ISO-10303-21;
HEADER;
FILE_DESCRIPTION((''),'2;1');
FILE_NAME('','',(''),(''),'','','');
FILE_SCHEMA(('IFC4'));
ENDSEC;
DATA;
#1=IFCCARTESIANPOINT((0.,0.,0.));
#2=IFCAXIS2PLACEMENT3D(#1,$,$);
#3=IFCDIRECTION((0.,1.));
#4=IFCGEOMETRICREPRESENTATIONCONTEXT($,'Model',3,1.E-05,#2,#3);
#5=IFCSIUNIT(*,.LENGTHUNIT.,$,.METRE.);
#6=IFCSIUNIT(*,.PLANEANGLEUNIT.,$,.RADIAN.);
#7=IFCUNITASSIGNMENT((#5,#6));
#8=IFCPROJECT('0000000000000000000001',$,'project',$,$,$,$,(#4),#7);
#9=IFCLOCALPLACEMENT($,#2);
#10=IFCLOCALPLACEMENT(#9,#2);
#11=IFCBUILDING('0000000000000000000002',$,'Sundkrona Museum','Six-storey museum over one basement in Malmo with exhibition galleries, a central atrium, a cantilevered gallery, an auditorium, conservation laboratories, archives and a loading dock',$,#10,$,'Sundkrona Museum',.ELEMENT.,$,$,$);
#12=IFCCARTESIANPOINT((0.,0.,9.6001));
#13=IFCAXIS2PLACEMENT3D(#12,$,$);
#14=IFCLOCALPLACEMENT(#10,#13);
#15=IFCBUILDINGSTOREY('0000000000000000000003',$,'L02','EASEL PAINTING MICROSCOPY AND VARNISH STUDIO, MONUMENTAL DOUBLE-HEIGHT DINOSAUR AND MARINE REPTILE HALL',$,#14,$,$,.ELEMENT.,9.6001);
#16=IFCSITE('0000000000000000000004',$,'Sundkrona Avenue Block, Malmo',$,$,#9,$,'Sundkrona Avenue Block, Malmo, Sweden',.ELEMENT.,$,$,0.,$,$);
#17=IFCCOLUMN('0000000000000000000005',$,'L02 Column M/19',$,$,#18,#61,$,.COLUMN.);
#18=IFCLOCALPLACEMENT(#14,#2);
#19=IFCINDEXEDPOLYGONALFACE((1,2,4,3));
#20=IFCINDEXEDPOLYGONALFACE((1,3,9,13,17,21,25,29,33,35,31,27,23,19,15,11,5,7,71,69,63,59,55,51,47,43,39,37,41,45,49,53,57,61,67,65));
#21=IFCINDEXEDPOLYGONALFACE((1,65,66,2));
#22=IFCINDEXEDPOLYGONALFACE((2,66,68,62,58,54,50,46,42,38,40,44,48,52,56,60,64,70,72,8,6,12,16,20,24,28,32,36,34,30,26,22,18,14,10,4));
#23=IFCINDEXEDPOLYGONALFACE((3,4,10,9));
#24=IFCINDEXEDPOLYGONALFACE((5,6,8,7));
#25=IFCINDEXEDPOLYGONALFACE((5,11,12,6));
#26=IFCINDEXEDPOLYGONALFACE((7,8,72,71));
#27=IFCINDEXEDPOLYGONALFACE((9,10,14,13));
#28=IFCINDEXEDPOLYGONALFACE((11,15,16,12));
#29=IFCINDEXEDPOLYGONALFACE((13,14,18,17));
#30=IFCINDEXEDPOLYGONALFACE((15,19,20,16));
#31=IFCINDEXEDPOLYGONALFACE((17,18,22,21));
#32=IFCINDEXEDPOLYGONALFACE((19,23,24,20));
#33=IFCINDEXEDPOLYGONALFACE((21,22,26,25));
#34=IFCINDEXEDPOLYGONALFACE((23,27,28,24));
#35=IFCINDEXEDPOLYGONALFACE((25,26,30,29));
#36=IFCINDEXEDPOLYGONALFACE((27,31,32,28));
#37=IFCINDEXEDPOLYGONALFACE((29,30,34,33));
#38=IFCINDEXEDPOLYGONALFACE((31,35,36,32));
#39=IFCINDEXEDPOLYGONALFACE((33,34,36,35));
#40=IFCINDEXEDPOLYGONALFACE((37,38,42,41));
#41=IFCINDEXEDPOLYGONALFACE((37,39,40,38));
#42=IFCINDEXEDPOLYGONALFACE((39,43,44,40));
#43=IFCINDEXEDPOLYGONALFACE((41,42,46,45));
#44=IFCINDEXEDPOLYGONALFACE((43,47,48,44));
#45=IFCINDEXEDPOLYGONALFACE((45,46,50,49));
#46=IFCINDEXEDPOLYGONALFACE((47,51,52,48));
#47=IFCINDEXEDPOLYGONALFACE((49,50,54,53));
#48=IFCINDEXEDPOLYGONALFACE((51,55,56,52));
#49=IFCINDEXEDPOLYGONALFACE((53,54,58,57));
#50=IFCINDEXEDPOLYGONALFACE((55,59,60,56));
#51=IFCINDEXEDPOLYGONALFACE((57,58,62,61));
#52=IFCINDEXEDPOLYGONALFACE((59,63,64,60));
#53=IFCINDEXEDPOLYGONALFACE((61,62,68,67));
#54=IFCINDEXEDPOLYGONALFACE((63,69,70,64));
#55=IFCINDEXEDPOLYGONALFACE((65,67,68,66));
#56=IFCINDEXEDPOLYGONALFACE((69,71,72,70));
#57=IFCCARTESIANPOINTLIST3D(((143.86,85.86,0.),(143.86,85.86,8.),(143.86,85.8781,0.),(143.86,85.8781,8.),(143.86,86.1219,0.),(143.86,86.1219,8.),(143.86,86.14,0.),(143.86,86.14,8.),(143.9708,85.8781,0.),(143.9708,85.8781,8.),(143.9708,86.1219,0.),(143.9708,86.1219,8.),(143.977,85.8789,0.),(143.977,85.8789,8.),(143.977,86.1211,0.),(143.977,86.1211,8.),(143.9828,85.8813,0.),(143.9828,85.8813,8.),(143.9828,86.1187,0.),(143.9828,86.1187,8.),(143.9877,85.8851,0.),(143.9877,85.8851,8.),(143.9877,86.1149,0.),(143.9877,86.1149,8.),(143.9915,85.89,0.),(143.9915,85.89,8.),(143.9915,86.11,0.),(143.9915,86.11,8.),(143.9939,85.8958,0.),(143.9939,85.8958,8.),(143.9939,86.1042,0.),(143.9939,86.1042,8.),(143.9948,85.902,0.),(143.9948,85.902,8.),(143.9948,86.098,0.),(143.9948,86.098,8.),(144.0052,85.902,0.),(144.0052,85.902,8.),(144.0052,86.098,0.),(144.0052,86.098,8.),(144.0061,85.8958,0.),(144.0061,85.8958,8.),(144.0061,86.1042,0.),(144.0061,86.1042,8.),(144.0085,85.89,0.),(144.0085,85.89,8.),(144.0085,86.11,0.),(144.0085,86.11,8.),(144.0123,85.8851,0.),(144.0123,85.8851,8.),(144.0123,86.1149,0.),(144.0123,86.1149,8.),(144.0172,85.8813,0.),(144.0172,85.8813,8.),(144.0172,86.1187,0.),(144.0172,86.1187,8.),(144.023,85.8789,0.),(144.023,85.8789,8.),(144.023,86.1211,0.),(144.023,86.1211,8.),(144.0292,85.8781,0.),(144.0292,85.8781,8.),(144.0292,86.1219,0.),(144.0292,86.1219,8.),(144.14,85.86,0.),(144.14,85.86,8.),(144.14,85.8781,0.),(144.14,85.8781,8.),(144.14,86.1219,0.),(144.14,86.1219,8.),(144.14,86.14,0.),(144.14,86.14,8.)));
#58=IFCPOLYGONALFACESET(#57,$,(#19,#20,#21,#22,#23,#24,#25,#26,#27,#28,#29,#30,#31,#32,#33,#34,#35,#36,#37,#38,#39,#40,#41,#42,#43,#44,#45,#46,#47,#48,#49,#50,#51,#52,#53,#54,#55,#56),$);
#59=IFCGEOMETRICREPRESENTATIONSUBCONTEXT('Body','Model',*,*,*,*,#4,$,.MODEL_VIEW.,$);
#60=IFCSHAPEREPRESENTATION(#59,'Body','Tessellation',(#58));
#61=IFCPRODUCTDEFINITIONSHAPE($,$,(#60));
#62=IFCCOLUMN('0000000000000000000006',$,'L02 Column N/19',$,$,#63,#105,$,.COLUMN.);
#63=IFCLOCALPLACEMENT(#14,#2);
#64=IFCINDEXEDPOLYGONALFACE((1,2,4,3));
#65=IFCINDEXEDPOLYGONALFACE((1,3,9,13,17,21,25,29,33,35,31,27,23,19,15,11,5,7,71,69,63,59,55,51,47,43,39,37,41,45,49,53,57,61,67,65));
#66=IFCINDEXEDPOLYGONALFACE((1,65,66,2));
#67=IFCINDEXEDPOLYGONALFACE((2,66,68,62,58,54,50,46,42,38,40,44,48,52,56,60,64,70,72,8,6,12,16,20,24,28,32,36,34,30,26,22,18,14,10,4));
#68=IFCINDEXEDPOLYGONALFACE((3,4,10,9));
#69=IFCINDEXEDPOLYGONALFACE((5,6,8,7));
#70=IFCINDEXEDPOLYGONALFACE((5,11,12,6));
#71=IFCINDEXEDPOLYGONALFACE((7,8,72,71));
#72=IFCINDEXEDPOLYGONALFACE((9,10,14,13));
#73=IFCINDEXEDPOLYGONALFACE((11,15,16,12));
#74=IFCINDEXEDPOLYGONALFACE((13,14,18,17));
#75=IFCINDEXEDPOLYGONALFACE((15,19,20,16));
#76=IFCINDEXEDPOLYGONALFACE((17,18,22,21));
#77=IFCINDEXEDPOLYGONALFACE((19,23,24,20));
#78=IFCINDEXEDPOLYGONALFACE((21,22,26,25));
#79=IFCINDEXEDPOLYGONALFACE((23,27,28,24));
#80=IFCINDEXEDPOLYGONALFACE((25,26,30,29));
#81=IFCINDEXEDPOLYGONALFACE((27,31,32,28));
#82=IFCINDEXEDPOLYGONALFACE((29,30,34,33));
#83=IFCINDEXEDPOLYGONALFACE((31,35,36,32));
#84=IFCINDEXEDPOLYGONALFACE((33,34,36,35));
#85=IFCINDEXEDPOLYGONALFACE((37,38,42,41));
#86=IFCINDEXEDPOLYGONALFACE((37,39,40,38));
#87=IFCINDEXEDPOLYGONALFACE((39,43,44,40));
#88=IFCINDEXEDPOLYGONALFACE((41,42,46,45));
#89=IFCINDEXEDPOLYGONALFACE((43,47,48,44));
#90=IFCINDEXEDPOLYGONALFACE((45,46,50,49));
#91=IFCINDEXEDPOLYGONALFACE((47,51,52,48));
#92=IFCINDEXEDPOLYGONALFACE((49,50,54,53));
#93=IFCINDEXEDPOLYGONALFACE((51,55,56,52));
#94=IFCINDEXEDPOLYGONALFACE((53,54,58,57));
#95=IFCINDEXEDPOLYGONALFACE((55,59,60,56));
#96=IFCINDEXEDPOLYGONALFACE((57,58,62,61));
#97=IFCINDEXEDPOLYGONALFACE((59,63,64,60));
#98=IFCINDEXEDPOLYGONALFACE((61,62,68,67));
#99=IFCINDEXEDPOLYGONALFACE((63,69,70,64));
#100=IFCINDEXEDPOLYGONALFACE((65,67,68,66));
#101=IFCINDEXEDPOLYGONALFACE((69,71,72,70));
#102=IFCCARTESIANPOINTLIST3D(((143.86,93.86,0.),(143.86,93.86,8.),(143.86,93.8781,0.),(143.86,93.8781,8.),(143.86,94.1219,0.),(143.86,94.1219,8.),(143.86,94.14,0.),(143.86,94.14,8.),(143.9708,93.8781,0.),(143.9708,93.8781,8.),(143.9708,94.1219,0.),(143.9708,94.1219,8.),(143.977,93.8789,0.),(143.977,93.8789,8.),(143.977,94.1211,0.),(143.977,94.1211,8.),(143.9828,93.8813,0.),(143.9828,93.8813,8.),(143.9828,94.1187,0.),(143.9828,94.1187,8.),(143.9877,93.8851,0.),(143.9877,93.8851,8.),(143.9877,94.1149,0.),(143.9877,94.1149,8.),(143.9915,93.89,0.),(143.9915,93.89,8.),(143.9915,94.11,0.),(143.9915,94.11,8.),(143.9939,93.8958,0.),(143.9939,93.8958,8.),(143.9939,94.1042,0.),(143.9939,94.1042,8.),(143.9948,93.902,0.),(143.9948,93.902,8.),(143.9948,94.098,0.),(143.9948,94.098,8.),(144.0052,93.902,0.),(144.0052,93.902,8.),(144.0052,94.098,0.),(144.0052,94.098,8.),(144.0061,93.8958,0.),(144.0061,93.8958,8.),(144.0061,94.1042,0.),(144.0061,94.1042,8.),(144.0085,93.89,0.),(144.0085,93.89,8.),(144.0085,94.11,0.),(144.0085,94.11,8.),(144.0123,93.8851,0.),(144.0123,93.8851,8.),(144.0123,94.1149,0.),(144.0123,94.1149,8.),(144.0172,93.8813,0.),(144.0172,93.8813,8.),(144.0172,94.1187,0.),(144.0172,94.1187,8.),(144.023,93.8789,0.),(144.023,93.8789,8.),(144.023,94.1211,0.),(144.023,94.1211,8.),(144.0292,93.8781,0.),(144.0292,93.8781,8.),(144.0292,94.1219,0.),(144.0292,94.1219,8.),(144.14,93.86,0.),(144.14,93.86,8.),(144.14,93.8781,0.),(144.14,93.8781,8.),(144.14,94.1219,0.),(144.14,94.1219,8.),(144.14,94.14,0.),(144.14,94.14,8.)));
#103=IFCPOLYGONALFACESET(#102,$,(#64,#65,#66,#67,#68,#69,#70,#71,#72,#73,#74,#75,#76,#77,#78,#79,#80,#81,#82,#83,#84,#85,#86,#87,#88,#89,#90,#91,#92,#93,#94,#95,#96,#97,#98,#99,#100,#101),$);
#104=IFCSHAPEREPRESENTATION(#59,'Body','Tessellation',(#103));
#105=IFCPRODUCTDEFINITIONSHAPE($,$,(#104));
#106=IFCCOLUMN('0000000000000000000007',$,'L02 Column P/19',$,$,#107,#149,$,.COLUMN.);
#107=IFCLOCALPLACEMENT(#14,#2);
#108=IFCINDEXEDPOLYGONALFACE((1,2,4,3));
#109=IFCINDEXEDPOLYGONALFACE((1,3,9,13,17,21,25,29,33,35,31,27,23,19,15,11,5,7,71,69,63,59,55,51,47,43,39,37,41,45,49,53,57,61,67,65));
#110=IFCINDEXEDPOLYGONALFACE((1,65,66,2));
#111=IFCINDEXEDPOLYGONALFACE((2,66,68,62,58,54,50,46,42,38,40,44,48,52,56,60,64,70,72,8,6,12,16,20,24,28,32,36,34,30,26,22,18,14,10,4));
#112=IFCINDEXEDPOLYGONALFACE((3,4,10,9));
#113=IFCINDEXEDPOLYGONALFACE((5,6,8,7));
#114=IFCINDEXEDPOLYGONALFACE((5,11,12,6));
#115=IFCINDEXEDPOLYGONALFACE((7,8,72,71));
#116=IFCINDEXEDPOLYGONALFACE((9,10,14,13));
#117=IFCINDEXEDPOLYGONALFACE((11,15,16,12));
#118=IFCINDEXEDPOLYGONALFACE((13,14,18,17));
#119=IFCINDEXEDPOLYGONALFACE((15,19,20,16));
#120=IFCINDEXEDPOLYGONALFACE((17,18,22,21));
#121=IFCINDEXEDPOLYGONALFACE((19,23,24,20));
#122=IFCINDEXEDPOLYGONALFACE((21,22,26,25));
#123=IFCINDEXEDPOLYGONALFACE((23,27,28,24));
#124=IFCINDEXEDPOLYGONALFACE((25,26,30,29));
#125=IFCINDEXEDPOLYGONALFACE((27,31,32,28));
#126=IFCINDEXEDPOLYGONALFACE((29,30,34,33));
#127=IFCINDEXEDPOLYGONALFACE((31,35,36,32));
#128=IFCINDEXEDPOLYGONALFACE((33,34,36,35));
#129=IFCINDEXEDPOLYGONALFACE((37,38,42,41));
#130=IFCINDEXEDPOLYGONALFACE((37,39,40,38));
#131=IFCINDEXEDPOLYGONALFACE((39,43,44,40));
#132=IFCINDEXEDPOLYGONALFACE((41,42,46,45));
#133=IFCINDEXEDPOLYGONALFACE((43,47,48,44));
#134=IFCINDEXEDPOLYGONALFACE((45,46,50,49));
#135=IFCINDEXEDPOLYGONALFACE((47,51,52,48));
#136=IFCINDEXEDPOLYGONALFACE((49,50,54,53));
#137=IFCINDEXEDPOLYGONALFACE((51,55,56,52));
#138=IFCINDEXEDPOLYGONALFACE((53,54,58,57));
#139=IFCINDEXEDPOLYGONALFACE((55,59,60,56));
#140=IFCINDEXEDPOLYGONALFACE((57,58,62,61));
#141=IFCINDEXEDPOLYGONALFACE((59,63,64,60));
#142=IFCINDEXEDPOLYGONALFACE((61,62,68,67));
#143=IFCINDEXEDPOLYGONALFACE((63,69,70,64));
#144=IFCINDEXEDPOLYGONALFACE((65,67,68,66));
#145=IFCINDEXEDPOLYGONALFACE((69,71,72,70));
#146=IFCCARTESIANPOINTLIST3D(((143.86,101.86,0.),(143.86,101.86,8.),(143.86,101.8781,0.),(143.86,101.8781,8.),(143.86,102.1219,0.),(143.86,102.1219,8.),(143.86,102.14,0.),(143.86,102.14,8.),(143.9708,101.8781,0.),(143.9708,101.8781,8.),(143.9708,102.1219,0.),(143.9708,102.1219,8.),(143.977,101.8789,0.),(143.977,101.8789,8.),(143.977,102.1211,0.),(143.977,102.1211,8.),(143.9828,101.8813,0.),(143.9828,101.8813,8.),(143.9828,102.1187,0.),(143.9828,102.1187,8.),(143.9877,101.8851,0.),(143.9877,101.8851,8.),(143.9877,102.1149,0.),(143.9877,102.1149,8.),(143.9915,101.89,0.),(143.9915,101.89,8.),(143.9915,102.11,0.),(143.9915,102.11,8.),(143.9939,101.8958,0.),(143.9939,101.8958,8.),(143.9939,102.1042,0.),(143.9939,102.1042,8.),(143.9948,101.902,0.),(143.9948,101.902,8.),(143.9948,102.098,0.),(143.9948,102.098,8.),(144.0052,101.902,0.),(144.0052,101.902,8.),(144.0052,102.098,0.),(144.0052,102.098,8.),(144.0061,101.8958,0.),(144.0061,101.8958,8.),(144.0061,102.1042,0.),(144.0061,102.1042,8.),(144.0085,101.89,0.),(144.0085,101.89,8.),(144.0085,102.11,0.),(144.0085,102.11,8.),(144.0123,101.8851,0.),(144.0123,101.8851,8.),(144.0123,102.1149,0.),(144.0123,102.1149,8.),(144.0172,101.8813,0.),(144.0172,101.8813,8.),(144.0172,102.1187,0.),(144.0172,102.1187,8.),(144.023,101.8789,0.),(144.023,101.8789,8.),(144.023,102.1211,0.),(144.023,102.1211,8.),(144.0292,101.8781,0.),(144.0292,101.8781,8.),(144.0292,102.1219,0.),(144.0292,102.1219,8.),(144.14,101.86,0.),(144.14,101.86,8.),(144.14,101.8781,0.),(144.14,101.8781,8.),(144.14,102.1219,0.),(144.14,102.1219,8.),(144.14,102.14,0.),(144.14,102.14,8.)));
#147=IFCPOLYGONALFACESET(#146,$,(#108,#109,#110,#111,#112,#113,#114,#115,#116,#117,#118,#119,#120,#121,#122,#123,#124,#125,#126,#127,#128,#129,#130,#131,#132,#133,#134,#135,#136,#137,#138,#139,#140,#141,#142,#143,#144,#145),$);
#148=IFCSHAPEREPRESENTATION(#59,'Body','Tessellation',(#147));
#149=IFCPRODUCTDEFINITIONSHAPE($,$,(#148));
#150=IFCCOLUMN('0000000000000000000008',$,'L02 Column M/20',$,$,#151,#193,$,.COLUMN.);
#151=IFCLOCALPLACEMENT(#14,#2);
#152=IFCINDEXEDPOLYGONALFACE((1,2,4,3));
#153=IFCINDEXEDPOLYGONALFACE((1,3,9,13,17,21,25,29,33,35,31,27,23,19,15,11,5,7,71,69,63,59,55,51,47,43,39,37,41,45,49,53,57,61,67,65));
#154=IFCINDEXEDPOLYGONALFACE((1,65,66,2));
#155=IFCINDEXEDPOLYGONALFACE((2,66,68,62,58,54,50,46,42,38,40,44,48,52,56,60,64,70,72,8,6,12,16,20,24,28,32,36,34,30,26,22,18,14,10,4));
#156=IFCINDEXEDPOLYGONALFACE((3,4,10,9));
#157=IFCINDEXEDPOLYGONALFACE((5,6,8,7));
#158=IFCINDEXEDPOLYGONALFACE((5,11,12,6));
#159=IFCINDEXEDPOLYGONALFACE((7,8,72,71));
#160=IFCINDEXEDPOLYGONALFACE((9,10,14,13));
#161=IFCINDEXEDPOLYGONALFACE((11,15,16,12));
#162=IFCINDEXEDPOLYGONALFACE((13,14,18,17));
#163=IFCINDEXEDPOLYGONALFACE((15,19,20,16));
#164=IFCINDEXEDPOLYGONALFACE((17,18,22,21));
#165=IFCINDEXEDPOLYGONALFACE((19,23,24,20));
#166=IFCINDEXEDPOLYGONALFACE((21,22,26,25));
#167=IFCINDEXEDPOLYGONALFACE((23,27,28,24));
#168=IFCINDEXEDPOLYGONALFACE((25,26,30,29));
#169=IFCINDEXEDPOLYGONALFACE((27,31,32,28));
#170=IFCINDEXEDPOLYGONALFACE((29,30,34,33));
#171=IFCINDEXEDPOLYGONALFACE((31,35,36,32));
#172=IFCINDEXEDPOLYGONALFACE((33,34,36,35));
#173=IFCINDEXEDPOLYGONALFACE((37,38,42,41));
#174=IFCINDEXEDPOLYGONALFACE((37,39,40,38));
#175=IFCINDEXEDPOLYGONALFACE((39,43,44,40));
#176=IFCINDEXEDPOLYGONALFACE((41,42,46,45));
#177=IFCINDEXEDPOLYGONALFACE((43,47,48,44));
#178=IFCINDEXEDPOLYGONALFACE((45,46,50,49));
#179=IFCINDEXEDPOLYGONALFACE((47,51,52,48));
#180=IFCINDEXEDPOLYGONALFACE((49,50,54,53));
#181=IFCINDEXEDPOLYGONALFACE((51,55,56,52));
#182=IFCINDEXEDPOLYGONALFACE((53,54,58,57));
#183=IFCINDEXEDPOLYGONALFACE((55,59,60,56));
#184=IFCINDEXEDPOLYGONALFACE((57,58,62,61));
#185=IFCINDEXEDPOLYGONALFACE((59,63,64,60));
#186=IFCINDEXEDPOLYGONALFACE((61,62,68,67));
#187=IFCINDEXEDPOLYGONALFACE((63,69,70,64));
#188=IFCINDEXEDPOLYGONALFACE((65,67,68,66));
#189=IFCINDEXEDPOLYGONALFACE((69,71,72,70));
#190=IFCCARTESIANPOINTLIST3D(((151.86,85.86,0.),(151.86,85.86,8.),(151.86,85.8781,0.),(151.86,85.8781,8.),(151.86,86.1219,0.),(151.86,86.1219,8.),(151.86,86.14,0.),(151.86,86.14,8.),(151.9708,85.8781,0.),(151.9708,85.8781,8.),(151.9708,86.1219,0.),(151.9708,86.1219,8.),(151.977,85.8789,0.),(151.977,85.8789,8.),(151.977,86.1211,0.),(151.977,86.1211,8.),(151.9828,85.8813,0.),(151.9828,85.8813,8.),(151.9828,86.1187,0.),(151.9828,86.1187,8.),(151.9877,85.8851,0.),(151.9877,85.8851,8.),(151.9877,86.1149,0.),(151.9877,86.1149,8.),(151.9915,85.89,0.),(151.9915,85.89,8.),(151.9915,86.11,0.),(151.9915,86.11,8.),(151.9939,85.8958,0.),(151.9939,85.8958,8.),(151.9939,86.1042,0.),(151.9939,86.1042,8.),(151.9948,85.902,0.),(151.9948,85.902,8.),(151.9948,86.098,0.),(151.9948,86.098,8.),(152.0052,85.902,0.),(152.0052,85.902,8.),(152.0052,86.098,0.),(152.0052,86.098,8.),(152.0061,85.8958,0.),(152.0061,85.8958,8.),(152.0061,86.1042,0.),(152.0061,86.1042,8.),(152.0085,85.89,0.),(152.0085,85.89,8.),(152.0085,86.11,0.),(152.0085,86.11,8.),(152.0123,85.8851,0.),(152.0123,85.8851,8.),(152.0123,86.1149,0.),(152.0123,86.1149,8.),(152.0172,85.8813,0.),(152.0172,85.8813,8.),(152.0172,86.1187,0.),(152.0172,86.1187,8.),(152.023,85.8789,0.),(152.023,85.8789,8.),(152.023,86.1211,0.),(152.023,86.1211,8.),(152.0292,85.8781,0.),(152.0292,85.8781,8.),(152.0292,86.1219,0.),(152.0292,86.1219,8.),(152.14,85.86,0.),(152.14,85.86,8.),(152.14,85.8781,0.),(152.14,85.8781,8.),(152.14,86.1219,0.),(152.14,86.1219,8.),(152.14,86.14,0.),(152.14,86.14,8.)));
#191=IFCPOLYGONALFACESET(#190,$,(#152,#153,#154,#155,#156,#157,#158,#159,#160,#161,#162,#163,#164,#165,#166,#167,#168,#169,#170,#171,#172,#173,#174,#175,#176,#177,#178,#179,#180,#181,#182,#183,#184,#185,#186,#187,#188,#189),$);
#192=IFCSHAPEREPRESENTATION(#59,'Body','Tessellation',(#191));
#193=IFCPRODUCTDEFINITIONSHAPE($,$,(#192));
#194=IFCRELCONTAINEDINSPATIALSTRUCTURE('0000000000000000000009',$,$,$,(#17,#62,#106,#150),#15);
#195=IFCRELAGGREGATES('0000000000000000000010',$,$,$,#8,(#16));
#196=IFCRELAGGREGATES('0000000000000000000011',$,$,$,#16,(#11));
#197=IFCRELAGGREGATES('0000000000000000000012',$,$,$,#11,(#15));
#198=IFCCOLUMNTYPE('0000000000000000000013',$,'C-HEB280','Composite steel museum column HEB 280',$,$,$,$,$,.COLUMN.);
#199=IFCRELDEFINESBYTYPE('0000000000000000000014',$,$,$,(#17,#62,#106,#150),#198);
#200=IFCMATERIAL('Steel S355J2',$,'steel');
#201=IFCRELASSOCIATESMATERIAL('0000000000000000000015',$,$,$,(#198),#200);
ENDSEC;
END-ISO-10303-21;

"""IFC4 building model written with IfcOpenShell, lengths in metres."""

from ifc_helpers import new_model, si_unit, direction, frame, origin, origin_2d, place, context, subcontext, project, spatial, i_section, extrude, material, material_profile, profile_set, type_object, element, save


model = new_model("IFC4")

# Units and contexts
model_context = context("Model", 3, precision=1e-05, world=origin(), true_north=direction((0.0, 1.0)))
body_context = subcontext(model_context, "Body", "Model", "MODEL_VIEW")
ifc_project = project(units=[si_unit("LENGTHUNIT", "METRE"), si_unit("PLANEANGLEUNIT", "RADIAN")], contexts=[model_context])

# Site, building, storey
site_placement = place(None, origin())
site = spatial("IfcSite", under=ifc_project, at=site_placement, Name="Sundkrona Avenue Block, Malmo", LongName="Sundkrona Avenue Block, Malmo, Sweden", CompositionType="ELEMENT", RefElevation=0.0)
building_placement = place(site_placement, origin())
building = spatial("IfcBuilding", under=site, at=building_placement, Name="Sundkrona Museum", Description="Six-storey museum over one basement in Malmo with exhibition galleries, a central atrium, a cantilevered gallery, an auditorium, conservation laboratories, archives and a loading dock", LongName="Sundkrona Museum", CompositionType="ELEMENT")
storey_placement = place(building_placement, frame((0.0, 0.0, 9.6001)))
storey = spatial("IfcBuildingStorey", under=building, at=storey_placement, Name="L02", Description="EASEL PAINTING MICROSCOPY AND VARNISH STUDIO, MONUMENTAL DOUBLE-HEIGHT DINOSAUR AND MARINE REPTILE HALL", CompositionType="ELEMENT", Elevation=9.6001)

# Columns
ifc_material_1 = material(Name="Steel S355J2", Category="steel")
ifc_material_profile_1 = material_profile(ifc_material_1, i_section(OverallWidth=0.28, OverallDepth=0.28, WebThickness=0.0105, FlangeThickness=0.0181, FilletRadius=0.0239, at=origin_2d()), Name="HEB 280")
ifc_profile_set_1 = profile_set([ifc_material_profile_1], Name="Steel S355J2")
column_type = type_object("IfcColumnType", Name="C-HEB280", Description="Composite steel museum column HEB 280", PredefinedType="COLUMN", material=ifc_profile_set_1)
for number, where, z_axis, x_axis, name in (
    (1, (144.0, 86.0, 0.0), (0.0, 0.0, 1.0), (1.0, 0.0, 0.0), "L02 Column M/19"),
    (2, (144.0, 94.0, 0.0), (0.0, 0.0, 1.0), (1.0, 0.0, 0.0), "L02 Column N/19"),
    (3, (144.0, 102.0, 0.0), (0.0, 0.0, 1.0), (1.0, 0.0, 0.0), "L02 Column P/19"),
    (4, (152.0, 86.0, 0.0), (0.0, 0.0, 1.0), (1.0, 0.0, 0.0), "L02 Column M/20"),
):
    element("IfcColumn", number, at=place(storey_placement, frame(where, z_axis=z_axis, x_axis=x_axis)), inside=storey, type_object=column_type, Name=name, PredefinedType="COLUMN", context=body_context, shape_type="SweptSolid", body=[
        extrude(i_section(OverallWidth=0.28, OverallDepth=0.28, WebThickness=0.0105, FlangeThickness=0.0181, FilletRadius=0.0239, at=origin_2d()), origin(), (0.0, 0.0, 1.0), 8.0),
    ])

save(model, "model.ifc")
